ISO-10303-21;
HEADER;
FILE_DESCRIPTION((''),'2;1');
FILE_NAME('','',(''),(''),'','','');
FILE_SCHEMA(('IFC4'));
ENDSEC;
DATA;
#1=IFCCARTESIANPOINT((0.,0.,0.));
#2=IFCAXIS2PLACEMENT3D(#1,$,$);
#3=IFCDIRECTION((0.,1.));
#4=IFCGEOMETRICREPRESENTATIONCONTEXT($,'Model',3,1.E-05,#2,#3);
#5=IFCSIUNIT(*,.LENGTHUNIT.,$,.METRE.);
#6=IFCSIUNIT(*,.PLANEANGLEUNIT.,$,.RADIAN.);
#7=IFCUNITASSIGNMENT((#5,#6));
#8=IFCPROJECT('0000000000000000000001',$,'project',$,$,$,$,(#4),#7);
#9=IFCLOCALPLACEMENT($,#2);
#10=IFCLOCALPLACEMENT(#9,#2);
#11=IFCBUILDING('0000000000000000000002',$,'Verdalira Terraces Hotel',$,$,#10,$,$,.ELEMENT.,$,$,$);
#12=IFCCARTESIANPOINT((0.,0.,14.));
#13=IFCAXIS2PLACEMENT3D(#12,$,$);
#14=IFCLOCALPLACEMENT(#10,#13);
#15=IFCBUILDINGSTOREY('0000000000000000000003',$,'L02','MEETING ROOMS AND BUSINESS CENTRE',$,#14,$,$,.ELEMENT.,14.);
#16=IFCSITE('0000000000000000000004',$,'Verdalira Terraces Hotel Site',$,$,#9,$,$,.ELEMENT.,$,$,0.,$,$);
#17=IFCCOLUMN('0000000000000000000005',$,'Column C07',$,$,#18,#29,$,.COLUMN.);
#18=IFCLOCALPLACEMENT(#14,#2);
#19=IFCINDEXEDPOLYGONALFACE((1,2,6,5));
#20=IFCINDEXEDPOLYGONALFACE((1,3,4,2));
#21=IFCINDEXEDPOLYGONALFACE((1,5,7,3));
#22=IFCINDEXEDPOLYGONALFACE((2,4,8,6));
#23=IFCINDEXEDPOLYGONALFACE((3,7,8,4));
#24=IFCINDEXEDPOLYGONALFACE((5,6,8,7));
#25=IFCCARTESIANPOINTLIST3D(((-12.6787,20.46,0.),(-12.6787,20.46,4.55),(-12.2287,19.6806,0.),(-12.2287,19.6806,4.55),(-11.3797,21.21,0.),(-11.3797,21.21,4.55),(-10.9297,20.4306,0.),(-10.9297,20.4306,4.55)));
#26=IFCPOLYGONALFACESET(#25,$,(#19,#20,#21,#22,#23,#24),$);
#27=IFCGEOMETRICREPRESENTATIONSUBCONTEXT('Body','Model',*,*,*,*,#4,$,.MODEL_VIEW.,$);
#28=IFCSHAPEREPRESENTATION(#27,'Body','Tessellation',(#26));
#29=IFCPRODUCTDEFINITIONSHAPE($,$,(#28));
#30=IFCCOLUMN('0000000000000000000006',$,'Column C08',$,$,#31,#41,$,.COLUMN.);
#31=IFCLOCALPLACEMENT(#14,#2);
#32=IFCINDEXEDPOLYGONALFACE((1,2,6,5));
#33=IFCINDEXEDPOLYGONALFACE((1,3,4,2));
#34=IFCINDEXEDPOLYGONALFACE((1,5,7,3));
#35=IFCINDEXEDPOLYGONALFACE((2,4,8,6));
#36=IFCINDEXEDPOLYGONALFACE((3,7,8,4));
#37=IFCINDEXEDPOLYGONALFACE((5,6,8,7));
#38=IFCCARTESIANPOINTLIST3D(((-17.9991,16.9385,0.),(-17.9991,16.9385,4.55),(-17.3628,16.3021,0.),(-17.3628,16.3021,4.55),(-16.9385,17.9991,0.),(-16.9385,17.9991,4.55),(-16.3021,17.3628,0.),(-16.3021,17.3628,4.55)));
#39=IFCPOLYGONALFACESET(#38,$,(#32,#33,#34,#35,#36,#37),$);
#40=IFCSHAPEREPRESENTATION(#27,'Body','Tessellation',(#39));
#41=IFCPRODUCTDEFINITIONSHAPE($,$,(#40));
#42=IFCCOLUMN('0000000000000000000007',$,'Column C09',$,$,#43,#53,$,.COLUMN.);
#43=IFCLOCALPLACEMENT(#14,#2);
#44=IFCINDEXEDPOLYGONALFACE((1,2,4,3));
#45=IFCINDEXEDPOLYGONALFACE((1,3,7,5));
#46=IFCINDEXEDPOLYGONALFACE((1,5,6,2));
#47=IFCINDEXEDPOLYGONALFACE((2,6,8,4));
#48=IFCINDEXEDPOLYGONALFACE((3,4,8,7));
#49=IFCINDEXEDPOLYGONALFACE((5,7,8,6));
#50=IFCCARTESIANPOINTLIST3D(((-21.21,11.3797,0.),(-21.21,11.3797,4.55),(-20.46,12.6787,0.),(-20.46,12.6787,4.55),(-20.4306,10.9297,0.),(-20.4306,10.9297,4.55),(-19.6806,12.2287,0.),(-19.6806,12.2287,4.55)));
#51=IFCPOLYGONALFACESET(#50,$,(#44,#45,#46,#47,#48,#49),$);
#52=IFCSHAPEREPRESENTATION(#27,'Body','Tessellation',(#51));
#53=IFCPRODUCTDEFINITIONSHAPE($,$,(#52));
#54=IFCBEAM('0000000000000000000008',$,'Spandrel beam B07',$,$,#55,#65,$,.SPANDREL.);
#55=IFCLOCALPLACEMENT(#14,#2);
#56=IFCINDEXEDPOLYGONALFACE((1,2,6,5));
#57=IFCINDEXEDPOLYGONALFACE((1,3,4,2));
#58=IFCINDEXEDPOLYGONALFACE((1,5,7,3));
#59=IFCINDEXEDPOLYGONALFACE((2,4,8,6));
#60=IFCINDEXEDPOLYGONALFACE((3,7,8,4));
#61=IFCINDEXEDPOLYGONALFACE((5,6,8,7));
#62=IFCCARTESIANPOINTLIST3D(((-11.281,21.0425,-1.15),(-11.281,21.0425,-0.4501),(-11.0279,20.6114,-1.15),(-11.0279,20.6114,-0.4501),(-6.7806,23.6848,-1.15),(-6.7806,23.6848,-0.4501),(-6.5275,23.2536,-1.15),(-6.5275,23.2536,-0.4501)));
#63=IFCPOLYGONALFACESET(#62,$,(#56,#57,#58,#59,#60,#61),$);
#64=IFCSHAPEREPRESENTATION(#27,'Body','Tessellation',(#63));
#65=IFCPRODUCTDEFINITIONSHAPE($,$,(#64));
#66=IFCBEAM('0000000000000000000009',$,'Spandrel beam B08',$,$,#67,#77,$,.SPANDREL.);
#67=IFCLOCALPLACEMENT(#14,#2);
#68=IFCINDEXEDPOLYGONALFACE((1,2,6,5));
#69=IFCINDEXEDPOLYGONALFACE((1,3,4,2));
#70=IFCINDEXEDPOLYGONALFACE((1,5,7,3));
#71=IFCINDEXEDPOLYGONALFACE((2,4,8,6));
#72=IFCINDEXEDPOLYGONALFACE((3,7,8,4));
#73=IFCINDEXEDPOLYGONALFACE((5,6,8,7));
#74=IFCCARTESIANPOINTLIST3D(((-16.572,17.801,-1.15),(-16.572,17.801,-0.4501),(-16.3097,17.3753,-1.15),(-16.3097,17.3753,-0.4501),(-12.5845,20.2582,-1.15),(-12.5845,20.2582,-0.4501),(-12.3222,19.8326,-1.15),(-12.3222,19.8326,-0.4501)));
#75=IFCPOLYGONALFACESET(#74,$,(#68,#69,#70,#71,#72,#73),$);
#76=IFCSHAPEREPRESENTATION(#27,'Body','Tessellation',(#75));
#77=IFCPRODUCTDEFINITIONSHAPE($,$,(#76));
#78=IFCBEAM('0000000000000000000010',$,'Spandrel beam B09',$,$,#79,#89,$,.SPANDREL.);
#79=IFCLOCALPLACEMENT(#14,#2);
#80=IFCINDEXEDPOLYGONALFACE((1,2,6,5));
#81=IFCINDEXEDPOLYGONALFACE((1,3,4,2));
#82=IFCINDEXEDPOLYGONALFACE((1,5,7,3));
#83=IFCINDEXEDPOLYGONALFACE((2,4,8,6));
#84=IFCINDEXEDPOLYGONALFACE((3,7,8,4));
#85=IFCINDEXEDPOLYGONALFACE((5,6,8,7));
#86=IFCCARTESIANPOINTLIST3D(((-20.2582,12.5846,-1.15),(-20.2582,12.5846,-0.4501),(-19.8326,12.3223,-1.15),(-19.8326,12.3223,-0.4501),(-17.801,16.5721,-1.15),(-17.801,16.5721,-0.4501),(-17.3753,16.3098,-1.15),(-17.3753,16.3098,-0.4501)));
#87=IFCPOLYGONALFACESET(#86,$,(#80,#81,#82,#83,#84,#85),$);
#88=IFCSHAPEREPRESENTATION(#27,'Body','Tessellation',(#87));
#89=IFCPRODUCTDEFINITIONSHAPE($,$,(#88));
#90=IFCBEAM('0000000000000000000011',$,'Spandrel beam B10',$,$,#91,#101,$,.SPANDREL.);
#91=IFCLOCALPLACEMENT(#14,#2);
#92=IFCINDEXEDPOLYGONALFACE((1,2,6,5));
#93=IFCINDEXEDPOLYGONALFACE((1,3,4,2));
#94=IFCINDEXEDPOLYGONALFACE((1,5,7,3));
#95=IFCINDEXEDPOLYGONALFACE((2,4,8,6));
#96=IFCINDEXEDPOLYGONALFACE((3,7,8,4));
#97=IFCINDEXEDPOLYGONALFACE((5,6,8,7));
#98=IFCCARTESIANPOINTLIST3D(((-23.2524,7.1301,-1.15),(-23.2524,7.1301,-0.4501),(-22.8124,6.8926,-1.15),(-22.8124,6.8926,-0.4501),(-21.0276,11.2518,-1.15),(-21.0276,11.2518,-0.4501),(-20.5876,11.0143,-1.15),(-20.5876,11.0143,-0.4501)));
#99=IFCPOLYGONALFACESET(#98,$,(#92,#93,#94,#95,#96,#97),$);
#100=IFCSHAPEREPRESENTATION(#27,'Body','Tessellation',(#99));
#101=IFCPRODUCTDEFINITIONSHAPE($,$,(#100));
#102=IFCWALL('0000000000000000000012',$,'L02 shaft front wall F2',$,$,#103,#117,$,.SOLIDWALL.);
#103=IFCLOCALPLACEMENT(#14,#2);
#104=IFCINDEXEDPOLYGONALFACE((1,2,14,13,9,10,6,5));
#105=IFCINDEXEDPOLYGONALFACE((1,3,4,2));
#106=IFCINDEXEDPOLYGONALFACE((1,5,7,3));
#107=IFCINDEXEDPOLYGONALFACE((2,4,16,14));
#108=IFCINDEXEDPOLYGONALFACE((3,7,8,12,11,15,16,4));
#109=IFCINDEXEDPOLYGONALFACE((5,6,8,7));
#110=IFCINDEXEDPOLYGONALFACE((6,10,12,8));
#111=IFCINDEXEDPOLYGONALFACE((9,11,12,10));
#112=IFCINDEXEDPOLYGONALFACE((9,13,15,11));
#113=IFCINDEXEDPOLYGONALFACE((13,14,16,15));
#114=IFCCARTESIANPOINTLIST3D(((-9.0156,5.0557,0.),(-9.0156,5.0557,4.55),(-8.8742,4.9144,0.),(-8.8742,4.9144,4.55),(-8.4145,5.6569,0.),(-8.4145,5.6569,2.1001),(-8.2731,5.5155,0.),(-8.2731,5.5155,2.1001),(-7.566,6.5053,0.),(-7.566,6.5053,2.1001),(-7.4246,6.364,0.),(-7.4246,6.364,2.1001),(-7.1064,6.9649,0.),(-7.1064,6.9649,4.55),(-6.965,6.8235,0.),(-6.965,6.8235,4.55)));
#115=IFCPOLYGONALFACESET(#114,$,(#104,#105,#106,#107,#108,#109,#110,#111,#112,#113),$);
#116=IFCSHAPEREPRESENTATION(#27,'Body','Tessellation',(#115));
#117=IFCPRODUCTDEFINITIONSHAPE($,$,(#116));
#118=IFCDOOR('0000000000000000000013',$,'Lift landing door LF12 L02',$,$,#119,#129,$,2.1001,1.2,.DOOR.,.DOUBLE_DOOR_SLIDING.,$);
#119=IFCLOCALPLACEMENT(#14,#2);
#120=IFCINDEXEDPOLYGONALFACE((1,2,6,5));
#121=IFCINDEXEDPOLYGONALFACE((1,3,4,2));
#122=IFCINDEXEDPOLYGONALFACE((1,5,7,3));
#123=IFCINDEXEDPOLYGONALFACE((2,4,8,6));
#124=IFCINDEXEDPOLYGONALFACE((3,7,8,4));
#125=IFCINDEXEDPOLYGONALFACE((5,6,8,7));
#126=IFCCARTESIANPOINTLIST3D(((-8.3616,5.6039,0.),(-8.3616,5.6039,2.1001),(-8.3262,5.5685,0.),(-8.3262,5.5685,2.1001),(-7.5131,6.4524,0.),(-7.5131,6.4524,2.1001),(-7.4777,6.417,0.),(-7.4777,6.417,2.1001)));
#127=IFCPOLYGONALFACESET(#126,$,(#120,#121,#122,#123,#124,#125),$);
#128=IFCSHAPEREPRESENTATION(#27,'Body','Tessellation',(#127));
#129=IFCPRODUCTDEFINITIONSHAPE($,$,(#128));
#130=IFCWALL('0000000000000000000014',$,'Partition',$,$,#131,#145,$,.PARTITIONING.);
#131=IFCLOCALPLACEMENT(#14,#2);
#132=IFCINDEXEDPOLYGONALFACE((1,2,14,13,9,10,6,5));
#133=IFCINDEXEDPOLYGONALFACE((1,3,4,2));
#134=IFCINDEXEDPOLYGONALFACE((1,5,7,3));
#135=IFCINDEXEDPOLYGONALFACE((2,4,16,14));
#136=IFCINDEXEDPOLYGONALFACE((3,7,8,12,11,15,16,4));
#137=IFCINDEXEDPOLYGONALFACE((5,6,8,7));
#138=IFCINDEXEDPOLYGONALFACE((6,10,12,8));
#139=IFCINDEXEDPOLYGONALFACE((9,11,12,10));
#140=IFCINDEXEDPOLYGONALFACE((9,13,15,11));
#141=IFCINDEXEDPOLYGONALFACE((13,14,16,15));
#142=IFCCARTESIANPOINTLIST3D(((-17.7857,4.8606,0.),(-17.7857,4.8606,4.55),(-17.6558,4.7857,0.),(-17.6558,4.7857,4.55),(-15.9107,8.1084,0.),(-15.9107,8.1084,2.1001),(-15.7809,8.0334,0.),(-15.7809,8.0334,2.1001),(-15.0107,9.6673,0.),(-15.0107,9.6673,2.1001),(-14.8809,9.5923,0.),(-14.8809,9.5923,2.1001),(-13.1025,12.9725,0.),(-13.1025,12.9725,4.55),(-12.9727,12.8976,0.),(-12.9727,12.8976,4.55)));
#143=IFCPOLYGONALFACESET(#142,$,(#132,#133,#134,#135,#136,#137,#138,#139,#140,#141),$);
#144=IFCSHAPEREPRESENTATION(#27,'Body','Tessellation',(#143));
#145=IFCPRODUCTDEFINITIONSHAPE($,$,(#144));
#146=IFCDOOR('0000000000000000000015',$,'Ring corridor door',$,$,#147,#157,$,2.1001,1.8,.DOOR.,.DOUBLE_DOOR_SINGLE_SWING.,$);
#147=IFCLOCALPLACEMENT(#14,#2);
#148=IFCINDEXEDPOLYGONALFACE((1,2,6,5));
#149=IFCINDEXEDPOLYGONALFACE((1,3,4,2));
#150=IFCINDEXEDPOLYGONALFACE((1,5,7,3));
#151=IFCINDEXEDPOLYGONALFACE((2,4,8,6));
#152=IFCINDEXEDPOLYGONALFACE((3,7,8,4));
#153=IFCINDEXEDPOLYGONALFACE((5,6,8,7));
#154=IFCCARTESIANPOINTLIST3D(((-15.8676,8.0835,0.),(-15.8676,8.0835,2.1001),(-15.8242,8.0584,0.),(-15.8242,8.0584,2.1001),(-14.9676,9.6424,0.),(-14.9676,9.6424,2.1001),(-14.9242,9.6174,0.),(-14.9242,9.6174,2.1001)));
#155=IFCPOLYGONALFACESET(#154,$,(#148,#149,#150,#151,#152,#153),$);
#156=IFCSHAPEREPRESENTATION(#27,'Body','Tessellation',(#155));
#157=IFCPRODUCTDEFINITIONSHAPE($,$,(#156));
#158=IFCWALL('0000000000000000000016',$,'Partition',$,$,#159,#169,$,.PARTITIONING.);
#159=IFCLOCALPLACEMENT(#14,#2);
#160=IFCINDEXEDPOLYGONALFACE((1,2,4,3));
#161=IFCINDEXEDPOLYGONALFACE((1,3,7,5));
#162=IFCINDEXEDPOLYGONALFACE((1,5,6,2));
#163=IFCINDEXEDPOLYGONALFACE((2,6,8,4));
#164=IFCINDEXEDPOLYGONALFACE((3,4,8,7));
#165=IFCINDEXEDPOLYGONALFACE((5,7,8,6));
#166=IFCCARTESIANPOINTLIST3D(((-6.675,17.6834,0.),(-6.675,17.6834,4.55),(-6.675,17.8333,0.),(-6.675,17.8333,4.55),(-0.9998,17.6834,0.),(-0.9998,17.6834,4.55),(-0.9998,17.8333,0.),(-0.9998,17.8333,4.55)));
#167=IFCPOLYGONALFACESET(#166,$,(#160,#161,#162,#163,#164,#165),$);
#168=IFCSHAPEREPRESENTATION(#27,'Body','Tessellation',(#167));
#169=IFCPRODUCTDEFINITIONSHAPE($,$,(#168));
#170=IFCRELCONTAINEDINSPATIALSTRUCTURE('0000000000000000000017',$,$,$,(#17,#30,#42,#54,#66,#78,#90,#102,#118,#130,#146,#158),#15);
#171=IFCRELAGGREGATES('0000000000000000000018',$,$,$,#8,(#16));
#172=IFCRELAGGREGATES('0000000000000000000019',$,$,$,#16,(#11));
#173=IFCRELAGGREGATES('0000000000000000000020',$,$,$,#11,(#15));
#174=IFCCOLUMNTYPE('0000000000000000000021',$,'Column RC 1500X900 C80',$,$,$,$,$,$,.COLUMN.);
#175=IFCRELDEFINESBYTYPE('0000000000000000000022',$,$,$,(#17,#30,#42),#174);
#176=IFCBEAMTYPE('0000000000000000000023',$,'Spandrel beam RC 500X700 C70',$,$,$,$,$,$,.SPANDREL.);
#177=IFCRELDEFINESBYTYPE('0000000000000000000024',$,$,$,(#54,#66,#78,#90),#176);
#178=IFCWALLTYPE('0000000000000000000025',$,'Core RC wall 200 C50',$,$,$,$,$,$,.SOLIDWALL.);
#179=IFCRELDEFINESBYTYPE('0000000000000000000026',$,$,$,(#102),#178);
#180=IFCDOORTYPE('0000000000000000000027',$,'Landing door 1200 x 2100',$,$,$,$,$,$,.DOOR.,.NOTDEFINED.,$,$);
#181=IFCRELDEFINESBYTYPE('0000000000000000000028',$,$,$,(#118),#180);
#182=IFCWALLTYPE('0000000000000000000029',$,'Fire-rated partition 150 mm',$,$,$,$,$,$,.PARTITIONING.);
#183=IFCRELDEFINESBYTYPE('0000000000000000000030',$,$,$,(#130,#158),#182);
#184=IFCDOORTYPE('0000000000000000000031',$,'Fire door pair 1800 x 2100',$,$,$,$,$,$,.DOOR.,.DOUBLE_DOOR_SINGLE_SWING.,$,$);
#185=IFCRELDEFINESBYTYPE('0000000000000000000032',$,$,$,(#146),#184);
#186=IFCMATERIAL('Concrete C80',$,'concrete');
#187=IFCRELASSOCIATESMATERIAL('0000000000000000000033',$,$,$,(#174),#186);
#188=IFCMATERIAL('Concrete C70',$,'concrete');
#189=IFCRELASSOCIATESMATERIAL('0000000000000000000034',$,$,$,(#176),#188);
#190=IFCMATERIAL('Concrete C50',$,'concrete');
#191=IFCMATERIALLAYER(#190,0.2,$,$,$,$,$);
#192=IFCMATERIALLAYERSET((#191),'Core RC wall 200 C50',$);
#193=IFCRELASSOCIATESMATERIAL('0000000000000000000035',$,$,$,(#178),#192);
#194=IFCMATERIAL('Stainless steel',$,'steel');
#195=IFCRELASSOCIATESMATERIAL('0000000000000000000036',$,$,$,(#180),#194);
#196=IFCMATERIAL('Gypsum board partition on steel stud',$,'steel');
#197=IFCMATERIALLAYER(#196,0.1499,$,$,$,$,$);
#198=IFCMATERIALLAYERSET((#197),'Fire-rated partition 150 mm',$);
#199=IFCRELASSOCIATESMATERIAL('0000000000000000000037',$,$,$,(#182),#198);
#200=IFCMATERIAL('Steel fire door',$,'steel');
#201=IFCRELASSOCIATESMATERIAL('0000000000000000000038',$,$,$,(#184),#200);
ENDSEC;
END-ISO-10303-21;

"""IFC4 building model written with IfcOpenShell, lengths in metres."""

from ifc_helpers import new_model, si_unit, direction, frame, frame_2d, origin, origin_2d, place, context, subcontext, project, spatial, rectangle, extrude, material, layer, layer_set, material_profile, profile_set, type_object, element, fill, save


model = new_model("IFC4")

# Units and contexts
model_context = context("Model", 3, precision=1e-05, world=origin(), true_north=direction((0.0, 1.0)))
body_context = subcontext(model_context, "Body", "Model", "MODEL_VIEW")
ifc_project = project(units=[si_unit("LENGTHUNIT", "METRE"), si_unit("PLANEANGLEUNIT", "RADIAN")], contexts=[model_context])

# Site, building, storey
site_placement = place(None, origin())
site = spatial("IfcSite", under=ifc_project, at=site_placement, Name="Verdalira Terraces Hotel Site", CompositionType="ELEMENT", RefElevation=0.0)
building_placement = place(site_placement, origin())
building = spatial("IfcBuilding", under=site, at=building_placement, Name="Verdalira Terraces Hotel", CompositionType="ELEMENT")
storey_placement = place(building_placement, frame((0.0, 0.0, 14.0)))
storey = spatial("IfcBuildingStorey", under=building, at=storey_placement, Name="L02", Description="MEETING ROOMS AND BUSINESS CENTRE", CompositionType="ELEMENT", Elevation=14.0)

# Columns
ifc_material_1 = material(Name="Concrete C80", Category="concrete")
ifc_material_profile_1 = material_profile(ifc_material_1, rectangle(XDim=1.5, YDim=0.8999, at=origin_2d()), Name="RC 1500X900")
ifc_profile_set_1 = profile_set([ifc_material_profile_1], Name="Concrete C80")
column_type = type_object("IfcColumnType", Name="Column RC 1500X900 C80", PredefinedType="COLUMN", material=ifc_profile_set_1)
for number, where, z_axis, x_axis, name in (
    (1, (-11.8042, 20.4453, 0.0), (0.0, 0.0, 1.0), (-0.866025, -0.5, 0.0), "Column C07"),
    (2, (-17.1506, 17.1506, 0.0), (0.0, 0.0, 1.0), (0.707107, 0.707107, 0.0), "Column C08"),
    (3, (-20.4453, 11.8042, 0.0), (0.0, 0.0, 1.0), (-0.5, -0.866025, 0.0), "Column C09"),
):
    element("IfcColumn", number, at=place(storey_placement, frame(where, z_axis=z_axis, x_axis=x_axis)), inside=storey, type_object=column_type, Name=name, PredefinedType="COLUMN", context=body_context, shape_type="SweptSolid", body=[
        extrude(rectangle(XDim=1.5, YDim=0.8999, at=origin_2d()), origin(), (0.0, 0.0, 1.0), 4.55),
    ])

# Beams
ifc_material_2 = material(Name="Concrete C70", Category="concrete")
ifc_material_profile_2 = material_profile(ifc_material_2, rectangle(XDim=0.5, YDim=0.7, at=origin_2d()), Name="RC 500X700")
ifc_profile_set_2 = profile_set([ifc_material_profile_2], Name="Concrete C70")
beam_type = type_object("IfcBeamType", Name="Spandrel beam RC 500X700 C70", PredefinedType="SPANDREL", material=ifc_profile_set_2)
beam_placement = place(storey_placement, frame((-6.6541, 23.4692, -0.8), z_axis=(-0.862354, -0.506306, 0.0), x_axis=(0.506306, -0.862354, 0.0)))
element("IfcBeam", 4, at=beam_placement, inside=storey, type_object=beam_type, Name="Spandrel beam B07", PredefinedType="SPANDREL", context=body_context, shape_type="SweptSolid", body=[
    extrude(rectangle(XDim=0.5, YDim=0.7, at=origin_2d()), origin(), (0.0, 0.0, 1.0), 5.2188),
])
for number, where, z_axis, x_axis, name in (
    (5, (-12.4534, 20.0454, -0.8), (-0.851334, -0.524624, 0.0), (0.524624, -0.851334, 0.0), "Spandrel beam B08"),
    (6, (-17.5881, 16.4409, -0.8), (-0.524624, -0.851334, 0.0), (0.851334, -0.524624, 0.0), "Spandrel beam B09"),
    (7, (-20.8076, 11.1331, -0.8), (-0.474995, -0.879989, 0.0), (0.879989, -0.474995, 0.0), "Spandrel beam B10"),
):
    element("IfcBeam", number, at=place(storey_placement, frame(where, z_axis=z_axis, x_axis=x_axis)), inside=storey, type_object=beam_type, Name=name, PredefinedType="SPANDREL", context=body_context, shape_type="SweptSolid", body=[
        extrude(rectangle(XDim=0.5, YDim=0.7, at=origin_2d()), origin(), (0.0, 0.0, 1.0), 4.6838),
    ])

# Walls, openings, doors
ifc_material_3 = material(Name="Concrete C50", Category="concrete")
ifc_layer_1 = layer(ifc_material_3, 0.2)
ifc_layer_set_1 = layer_set([ifc_layer_1], Name="Core RC wall 200 C50")
wall_type_1 = type_object("IfcWallType", Name="Core RC wall 200 C50", PredefinedType="SOLIDWALL", material=ifc_layer_set_1)
wall_1_placement = place(storey_placement, frame((-7.0356, 6.8943, 0.0), z_axis=(0.0, 0.0, 1.0), x_axis=(-0.707107, -0.707107, 0.0)))
wall_1 = element("IfcWall", 8, at=wall_1_placement, inside=storey, type_object=wall_type_1, Name="L02 shaft front wall F2", PredefinedType="SOLIDWALL", context=body_context, shape_type="SweptSolid", body=[
    extrude(rectangle(XDim=2.7, YDim=0.2, at=frame_2d((1.3501, 0.0))), origin(), (0.0, 0.0, 1.0), 4.55),
])
opening_1_placement = place(wall_1_placement, frame((0.6499, 0.0, 0.0)))
opening_1 = element("IfcOpeningElement", 9, at=opening_1_placement, cuts=wall_1, PredefinedType="OPENING", context=body_context, shape_type="SweptSolid", body=[
    extrude(rectangle(XDim=1.2, YDim=2.1001, at=frame_2d((0.6001, 1.05))), frame((0.0, 0.1099, 0.0), z_axis=(0.0, -1.0, 0.0), x_axis=(1.0, 0.0, 0.0)), (0.0, 0.0, 1.0), 0.22),
])
ifc_material_4 = material(Name="Stainless steel", Category="steel")
door_type_1 = type_object("IfcDoorType", Name="Landing door 1200 x 2100", OperationType="NOTDEFINED", PredefinedType="DOOR", material=ifc_material_4)
door_1_placement = place(opening_1_placement, origin())
door_1 = element("IfcDoor", 10, at=door_1_placement, inside=storey, type_object=door_type_1, Name="Lift landing door LF12 L02", OperationType="DOUBLE_DOOR_SLIDING", OverallHeight=2.1001, OverallWidth=1.2, PredefinedType="DOOR", context=body_context, shape_type="SweptSolid", body=[
    extrude(rectangle(XDim=1.2, YDim=2.1001, at=frame_2d((0.6001, 1.05))), frame((0.0, 0.0249, 0.0), z_axis=(0.0, -1.0, 0.0), x_axis=(1.0, 0.0, 0.0)), (0.0, 0.0, 1.0), 0.05),
])
fill(opening_1, door_1)
ifc_material_5 = material(Name="Gypsum board partition on steel stud", Category="steel")
ifc_layer_2 = layer(ifc_material_5, 0.1499)
ifc_layer_set_2 = layer_set([ifc_layer_2], Name="Fire-rated partition 150 mm")
wall_type_2 = type_object("IfcWallType", Name="Fire-rated partition 150 mm", PredefinedType="PARTITIONING", material=ifc_layer_set_2)
wall_2_placement = place(storey_placement, frame((-13.0376, 12.9351, 0.0), z_axis=(0.0, 0.0, 1.0), x_axis=(-0.49998, -0.866037, 0.0)))
wall_2 = element("IfcWall", 11, at=wall_2_placement, inside=storey, type_object=wall_type_2, Name="Partition", PredefinedType="PARTITIONING", context=body_context, shape_type="SweptSolid", body=[
    extrude(rectangle(XDim=9.3667, YDim=0.1499, at=frame_2d((4.6833, 0.0))), origin(), (0.0, 0.0, 1.0), 4.55),
])
opening_2_placement = place(wall_2_placement, frame((3.8167, 0.0, 0.0)))
opening_2 = element("IfcOpeningElement", 12, at=opening_2_placement, cuts=wall_2, PredefinedType="OPENING", context=body_context, shape_type="SweptSolid", body=[
    extrude(rectangle(XDim=1.8, YDim=2.1001, at=frame_2d((0.8999, 1.05))), frame((0.0, 0.085, 0.0), z_axis=(0.0, -1.0, 0.0), x_axis=(1.0, 0.0, 0.0)), (0.0, 0.0, 1.0), 0.1699),
])
ifc_material_6 = material(Name="Steel fire door", Category="steel")
door_type_2 = type_object("IfcDoorType", Name="Fire door pair 1800 x 2100", OperationType="DOUBLE_DOOR_SINGLE_SWING", PredefinedType="DOOR", material=ifc_material_6)
door_2_placement = place(opening_2_placement, origin())
door_2 = element("IfcDoor", 13, at=door_2_placement, inside=storey, type_object=door_type_2, Name="Ring corridor door", OperationType="DOUBLE_DOOR_SINGLE_SWING", OverallHeight=2.1001, OverallWidth=1.8, PredefinedType="DOOR", context=body_context, shape_type="SweptSolid", body=[
    extrude(rectangle(XDim=1.8, YDim=2.1001, at=frame_2d((0.8999, 1.05))), frame((0.0, 0.0249, 0.0), z_axis=(0.0, -1.0, 0.0), x_axis=(1.0, 0.0, 0.0)), (0.0, 0.0, 1.0), 0.05),
])
fill(opening_2, door_2)

# Wall
wall_3_placement = place(storey_placement, frame((-6.675, 17.7583, 0.0), z_axis=(0.0, 0.0, 1.0), x_axis=(1.0, 0.0, 0.0)))
element("IfcWall", 14, at=wall_3_placement, inside=storey, type_object=wall_type_2, Name="Partition", PredefinedType="PARTITIONING", context=body_context, shape_type="SweptSolid", body=[
    extrude(rectangle(XDim=5.6753, YDim=0.1499, at=frame_2d((2.8376, 0.0))), origin(), (0.0, 0.0, 1.0), 4.55),
])

save(model, "model.ifc")
